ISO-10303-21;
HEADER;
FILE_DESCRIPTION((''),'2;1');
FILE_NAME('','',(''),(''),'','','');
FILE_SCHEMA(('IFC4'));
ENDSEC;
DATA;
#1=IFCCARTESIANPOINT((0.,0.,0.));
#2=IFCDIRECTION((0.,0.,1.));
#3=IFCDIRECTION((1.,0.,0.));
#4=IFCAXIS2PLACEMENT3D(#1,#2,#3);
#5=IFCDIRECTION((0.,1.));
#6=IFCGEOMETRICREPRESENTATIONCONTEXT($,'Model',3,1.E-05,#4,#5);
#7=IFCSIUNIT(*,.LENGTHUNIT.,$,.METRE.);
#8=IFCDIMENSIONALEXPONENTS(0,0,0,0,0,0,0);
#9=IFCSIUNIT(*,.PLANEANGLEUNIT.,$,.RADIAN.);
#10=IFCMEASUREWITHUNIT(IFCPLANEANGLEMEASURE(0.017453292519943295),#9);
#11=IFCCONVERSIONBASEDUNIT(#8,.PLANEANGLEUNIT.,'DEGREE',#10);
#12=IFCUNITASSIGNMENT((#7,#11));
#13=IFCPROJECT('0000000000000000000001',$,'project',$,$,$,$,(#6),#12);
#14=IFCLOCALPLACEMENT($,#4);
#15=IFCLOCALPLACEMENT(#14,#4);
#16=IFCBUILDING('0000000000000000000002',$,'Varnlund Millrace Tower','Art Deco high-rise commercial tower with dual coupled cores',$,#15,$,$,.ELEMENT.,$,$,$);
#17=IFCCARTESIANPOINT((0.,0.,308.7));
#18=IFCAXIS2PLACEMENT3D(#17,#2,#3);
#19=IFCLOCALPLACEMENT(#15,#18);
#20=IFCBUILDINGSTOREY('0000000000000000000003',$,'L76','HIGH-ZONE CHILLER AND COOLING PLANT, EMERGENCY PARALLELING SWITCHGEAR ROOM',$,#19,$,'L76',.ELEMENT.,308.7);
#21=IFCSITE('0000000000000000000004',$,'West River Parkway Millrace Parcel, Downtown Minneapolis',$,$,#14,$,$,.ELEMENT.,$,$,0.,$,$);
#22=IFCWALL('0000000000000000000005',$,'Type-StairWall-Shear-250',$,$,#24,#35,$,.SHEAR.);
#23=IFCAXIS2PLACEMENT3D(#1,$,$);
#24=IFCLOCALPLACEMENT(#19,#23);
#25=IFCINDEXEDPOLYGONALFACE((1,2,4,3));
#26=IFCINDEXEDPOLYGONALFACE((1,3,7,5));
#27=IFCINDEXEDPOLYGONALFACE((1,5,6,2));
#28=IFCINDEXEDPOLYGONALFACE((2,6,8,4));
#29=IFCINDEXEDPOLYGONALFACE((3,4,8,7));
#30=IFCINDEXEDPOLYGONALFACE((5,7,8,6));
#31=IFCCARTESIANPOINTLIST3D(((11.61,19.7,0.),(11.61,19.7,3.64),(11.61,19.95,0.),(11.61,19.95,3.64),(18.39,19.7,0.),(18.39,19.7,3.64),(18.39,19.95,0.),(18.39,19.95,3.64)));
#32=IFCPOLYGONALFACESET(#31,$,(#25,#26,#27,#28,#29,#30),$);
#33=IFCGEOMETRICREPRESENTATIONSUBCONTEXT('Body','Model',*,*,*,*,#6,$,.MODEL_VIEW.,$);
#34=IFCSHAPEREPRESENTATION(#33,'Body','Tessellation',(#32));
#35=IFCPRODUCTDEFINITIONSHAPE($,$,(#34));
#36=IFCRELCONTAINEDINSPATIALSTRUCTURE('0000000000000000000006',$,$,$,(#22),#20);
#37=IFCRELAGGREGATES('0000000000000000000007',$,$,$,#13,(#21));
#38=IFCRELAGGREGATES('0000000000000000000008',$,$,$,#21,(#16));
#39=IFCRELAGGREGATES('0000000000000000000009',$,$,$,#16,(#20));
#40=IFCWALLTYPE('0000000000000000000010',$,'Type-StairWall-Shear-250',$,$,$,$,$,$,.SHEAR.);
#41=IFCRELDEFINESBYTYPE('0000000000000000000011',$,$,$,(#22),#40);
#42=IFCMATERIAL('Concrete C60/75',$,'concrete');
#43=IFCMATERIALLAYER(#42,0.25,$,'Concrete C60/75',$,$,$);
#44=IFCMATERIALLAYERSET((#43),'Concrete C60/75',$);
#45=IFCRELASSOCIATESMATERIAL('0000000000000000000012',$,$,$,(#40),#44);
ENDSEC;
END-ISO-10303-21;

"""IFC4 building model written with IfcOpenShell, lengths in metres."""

from ifc_helpers import new_model, entity, si_unit, converted_unit, direction, frame, origin_with_axes, place, context, subcontext, project, spatial, polyline, outline, extrude, material, layer, layer_set, type_object, element, save


model = new_model("IFC4")

# Units and contexts
model_context = context("Model", 3, precision=1e-05, world=origin_with_axes(), true_north=direction((0.0, 1.0)))
body_context = subcontext(model_context, "Body", "Model", "MODEL_VIEW")
ifc_project = project(units=[si_unit("LENGTHUNIT", "METRE"), converted_unit("PLANEANGLEUNIT", "DEGREE", entity("IfcPlaneAngleMeasure", 0.017453292519943295), si_unit("PLANEANGLEUNIT", "RADIAN"), dimensions=[0, 0, 0, 0, 0, 0, 0])], contexts=[model_context])

# Site, building, storey
site_placement = place(None, origin_with_axes())
site = spatial("IfcSite", under=ifc_project, at=site_placement, Name="West River Parkway Millrace Parcel, Downtown Minneapolis", CompositionType="ELEMENT", RefElevation=0.0)
building_placement = place(site_placement, origin_with_axes())
building = spatial("IfcBuilding", under=site, at=building_placement, Name="Varnlund Millrace Tower", Description="Art Deco high-rise commercial tower with dual coupled cores", CompositionType="ELEMENT")
storey_placement = place(building_placement, frame((0.0, 0.0, 308.7), z_axis=(0.0, 0.0, 1.0), x_axis=(1.0, 0.0, 0.0)))
storey = spatial("IfcBuildingStorey", under=building, at=storey_placement, Name="L76", Description="HIGH-ZONE CHILLER AND COOLING PLANT, EMERGENCY PARALLELING SWITCHGEAR ROOM", LongName="L76", CompositionType="ELEMENT", Elevation=308.7)

# Shared definitions
ifc_material_1 = material(Name="Concrete C60/75", Category="concrete")

# Shared definitions
ifc_layer_1 = layer(ifc_material_1, 0.25, Name="Concrete C60/75")
ifc_layer_set_1 = layer_set([ifc_layer_1], Name="Concrete C60/75")

# Wall
wall_type_1 = type_object("IfcWallType", Name="Type-StairWall-Shear-250", PredefinedType="SHEAR", material=ifc_layer_set_1)
wall_1_placement = place(storey_placement, frame((11.61, 19.825, 0.0), z_axis=(0.0, 0.0, 1.0), x_axis=(1.0, 0.0, 0.0)))
element("IfcWall", 1, at=wall_1_placement, inside=storey, type_object=wall_type_1, Name="Type-StairWall-Shear-250", PredefinedType="SHEAR", context=body_context, shape_type="SweptSolid", body=[
    extrude(outline(polyline([(0.0, -0.125), (6.78, -0.125), (6.78, 0.125), (0.0, 0.125), (0.0, -0.125)])), origin_with_axes(), (0.0, 0.0, 1.0), 3.64),
])

save(model, "model.ifc")
